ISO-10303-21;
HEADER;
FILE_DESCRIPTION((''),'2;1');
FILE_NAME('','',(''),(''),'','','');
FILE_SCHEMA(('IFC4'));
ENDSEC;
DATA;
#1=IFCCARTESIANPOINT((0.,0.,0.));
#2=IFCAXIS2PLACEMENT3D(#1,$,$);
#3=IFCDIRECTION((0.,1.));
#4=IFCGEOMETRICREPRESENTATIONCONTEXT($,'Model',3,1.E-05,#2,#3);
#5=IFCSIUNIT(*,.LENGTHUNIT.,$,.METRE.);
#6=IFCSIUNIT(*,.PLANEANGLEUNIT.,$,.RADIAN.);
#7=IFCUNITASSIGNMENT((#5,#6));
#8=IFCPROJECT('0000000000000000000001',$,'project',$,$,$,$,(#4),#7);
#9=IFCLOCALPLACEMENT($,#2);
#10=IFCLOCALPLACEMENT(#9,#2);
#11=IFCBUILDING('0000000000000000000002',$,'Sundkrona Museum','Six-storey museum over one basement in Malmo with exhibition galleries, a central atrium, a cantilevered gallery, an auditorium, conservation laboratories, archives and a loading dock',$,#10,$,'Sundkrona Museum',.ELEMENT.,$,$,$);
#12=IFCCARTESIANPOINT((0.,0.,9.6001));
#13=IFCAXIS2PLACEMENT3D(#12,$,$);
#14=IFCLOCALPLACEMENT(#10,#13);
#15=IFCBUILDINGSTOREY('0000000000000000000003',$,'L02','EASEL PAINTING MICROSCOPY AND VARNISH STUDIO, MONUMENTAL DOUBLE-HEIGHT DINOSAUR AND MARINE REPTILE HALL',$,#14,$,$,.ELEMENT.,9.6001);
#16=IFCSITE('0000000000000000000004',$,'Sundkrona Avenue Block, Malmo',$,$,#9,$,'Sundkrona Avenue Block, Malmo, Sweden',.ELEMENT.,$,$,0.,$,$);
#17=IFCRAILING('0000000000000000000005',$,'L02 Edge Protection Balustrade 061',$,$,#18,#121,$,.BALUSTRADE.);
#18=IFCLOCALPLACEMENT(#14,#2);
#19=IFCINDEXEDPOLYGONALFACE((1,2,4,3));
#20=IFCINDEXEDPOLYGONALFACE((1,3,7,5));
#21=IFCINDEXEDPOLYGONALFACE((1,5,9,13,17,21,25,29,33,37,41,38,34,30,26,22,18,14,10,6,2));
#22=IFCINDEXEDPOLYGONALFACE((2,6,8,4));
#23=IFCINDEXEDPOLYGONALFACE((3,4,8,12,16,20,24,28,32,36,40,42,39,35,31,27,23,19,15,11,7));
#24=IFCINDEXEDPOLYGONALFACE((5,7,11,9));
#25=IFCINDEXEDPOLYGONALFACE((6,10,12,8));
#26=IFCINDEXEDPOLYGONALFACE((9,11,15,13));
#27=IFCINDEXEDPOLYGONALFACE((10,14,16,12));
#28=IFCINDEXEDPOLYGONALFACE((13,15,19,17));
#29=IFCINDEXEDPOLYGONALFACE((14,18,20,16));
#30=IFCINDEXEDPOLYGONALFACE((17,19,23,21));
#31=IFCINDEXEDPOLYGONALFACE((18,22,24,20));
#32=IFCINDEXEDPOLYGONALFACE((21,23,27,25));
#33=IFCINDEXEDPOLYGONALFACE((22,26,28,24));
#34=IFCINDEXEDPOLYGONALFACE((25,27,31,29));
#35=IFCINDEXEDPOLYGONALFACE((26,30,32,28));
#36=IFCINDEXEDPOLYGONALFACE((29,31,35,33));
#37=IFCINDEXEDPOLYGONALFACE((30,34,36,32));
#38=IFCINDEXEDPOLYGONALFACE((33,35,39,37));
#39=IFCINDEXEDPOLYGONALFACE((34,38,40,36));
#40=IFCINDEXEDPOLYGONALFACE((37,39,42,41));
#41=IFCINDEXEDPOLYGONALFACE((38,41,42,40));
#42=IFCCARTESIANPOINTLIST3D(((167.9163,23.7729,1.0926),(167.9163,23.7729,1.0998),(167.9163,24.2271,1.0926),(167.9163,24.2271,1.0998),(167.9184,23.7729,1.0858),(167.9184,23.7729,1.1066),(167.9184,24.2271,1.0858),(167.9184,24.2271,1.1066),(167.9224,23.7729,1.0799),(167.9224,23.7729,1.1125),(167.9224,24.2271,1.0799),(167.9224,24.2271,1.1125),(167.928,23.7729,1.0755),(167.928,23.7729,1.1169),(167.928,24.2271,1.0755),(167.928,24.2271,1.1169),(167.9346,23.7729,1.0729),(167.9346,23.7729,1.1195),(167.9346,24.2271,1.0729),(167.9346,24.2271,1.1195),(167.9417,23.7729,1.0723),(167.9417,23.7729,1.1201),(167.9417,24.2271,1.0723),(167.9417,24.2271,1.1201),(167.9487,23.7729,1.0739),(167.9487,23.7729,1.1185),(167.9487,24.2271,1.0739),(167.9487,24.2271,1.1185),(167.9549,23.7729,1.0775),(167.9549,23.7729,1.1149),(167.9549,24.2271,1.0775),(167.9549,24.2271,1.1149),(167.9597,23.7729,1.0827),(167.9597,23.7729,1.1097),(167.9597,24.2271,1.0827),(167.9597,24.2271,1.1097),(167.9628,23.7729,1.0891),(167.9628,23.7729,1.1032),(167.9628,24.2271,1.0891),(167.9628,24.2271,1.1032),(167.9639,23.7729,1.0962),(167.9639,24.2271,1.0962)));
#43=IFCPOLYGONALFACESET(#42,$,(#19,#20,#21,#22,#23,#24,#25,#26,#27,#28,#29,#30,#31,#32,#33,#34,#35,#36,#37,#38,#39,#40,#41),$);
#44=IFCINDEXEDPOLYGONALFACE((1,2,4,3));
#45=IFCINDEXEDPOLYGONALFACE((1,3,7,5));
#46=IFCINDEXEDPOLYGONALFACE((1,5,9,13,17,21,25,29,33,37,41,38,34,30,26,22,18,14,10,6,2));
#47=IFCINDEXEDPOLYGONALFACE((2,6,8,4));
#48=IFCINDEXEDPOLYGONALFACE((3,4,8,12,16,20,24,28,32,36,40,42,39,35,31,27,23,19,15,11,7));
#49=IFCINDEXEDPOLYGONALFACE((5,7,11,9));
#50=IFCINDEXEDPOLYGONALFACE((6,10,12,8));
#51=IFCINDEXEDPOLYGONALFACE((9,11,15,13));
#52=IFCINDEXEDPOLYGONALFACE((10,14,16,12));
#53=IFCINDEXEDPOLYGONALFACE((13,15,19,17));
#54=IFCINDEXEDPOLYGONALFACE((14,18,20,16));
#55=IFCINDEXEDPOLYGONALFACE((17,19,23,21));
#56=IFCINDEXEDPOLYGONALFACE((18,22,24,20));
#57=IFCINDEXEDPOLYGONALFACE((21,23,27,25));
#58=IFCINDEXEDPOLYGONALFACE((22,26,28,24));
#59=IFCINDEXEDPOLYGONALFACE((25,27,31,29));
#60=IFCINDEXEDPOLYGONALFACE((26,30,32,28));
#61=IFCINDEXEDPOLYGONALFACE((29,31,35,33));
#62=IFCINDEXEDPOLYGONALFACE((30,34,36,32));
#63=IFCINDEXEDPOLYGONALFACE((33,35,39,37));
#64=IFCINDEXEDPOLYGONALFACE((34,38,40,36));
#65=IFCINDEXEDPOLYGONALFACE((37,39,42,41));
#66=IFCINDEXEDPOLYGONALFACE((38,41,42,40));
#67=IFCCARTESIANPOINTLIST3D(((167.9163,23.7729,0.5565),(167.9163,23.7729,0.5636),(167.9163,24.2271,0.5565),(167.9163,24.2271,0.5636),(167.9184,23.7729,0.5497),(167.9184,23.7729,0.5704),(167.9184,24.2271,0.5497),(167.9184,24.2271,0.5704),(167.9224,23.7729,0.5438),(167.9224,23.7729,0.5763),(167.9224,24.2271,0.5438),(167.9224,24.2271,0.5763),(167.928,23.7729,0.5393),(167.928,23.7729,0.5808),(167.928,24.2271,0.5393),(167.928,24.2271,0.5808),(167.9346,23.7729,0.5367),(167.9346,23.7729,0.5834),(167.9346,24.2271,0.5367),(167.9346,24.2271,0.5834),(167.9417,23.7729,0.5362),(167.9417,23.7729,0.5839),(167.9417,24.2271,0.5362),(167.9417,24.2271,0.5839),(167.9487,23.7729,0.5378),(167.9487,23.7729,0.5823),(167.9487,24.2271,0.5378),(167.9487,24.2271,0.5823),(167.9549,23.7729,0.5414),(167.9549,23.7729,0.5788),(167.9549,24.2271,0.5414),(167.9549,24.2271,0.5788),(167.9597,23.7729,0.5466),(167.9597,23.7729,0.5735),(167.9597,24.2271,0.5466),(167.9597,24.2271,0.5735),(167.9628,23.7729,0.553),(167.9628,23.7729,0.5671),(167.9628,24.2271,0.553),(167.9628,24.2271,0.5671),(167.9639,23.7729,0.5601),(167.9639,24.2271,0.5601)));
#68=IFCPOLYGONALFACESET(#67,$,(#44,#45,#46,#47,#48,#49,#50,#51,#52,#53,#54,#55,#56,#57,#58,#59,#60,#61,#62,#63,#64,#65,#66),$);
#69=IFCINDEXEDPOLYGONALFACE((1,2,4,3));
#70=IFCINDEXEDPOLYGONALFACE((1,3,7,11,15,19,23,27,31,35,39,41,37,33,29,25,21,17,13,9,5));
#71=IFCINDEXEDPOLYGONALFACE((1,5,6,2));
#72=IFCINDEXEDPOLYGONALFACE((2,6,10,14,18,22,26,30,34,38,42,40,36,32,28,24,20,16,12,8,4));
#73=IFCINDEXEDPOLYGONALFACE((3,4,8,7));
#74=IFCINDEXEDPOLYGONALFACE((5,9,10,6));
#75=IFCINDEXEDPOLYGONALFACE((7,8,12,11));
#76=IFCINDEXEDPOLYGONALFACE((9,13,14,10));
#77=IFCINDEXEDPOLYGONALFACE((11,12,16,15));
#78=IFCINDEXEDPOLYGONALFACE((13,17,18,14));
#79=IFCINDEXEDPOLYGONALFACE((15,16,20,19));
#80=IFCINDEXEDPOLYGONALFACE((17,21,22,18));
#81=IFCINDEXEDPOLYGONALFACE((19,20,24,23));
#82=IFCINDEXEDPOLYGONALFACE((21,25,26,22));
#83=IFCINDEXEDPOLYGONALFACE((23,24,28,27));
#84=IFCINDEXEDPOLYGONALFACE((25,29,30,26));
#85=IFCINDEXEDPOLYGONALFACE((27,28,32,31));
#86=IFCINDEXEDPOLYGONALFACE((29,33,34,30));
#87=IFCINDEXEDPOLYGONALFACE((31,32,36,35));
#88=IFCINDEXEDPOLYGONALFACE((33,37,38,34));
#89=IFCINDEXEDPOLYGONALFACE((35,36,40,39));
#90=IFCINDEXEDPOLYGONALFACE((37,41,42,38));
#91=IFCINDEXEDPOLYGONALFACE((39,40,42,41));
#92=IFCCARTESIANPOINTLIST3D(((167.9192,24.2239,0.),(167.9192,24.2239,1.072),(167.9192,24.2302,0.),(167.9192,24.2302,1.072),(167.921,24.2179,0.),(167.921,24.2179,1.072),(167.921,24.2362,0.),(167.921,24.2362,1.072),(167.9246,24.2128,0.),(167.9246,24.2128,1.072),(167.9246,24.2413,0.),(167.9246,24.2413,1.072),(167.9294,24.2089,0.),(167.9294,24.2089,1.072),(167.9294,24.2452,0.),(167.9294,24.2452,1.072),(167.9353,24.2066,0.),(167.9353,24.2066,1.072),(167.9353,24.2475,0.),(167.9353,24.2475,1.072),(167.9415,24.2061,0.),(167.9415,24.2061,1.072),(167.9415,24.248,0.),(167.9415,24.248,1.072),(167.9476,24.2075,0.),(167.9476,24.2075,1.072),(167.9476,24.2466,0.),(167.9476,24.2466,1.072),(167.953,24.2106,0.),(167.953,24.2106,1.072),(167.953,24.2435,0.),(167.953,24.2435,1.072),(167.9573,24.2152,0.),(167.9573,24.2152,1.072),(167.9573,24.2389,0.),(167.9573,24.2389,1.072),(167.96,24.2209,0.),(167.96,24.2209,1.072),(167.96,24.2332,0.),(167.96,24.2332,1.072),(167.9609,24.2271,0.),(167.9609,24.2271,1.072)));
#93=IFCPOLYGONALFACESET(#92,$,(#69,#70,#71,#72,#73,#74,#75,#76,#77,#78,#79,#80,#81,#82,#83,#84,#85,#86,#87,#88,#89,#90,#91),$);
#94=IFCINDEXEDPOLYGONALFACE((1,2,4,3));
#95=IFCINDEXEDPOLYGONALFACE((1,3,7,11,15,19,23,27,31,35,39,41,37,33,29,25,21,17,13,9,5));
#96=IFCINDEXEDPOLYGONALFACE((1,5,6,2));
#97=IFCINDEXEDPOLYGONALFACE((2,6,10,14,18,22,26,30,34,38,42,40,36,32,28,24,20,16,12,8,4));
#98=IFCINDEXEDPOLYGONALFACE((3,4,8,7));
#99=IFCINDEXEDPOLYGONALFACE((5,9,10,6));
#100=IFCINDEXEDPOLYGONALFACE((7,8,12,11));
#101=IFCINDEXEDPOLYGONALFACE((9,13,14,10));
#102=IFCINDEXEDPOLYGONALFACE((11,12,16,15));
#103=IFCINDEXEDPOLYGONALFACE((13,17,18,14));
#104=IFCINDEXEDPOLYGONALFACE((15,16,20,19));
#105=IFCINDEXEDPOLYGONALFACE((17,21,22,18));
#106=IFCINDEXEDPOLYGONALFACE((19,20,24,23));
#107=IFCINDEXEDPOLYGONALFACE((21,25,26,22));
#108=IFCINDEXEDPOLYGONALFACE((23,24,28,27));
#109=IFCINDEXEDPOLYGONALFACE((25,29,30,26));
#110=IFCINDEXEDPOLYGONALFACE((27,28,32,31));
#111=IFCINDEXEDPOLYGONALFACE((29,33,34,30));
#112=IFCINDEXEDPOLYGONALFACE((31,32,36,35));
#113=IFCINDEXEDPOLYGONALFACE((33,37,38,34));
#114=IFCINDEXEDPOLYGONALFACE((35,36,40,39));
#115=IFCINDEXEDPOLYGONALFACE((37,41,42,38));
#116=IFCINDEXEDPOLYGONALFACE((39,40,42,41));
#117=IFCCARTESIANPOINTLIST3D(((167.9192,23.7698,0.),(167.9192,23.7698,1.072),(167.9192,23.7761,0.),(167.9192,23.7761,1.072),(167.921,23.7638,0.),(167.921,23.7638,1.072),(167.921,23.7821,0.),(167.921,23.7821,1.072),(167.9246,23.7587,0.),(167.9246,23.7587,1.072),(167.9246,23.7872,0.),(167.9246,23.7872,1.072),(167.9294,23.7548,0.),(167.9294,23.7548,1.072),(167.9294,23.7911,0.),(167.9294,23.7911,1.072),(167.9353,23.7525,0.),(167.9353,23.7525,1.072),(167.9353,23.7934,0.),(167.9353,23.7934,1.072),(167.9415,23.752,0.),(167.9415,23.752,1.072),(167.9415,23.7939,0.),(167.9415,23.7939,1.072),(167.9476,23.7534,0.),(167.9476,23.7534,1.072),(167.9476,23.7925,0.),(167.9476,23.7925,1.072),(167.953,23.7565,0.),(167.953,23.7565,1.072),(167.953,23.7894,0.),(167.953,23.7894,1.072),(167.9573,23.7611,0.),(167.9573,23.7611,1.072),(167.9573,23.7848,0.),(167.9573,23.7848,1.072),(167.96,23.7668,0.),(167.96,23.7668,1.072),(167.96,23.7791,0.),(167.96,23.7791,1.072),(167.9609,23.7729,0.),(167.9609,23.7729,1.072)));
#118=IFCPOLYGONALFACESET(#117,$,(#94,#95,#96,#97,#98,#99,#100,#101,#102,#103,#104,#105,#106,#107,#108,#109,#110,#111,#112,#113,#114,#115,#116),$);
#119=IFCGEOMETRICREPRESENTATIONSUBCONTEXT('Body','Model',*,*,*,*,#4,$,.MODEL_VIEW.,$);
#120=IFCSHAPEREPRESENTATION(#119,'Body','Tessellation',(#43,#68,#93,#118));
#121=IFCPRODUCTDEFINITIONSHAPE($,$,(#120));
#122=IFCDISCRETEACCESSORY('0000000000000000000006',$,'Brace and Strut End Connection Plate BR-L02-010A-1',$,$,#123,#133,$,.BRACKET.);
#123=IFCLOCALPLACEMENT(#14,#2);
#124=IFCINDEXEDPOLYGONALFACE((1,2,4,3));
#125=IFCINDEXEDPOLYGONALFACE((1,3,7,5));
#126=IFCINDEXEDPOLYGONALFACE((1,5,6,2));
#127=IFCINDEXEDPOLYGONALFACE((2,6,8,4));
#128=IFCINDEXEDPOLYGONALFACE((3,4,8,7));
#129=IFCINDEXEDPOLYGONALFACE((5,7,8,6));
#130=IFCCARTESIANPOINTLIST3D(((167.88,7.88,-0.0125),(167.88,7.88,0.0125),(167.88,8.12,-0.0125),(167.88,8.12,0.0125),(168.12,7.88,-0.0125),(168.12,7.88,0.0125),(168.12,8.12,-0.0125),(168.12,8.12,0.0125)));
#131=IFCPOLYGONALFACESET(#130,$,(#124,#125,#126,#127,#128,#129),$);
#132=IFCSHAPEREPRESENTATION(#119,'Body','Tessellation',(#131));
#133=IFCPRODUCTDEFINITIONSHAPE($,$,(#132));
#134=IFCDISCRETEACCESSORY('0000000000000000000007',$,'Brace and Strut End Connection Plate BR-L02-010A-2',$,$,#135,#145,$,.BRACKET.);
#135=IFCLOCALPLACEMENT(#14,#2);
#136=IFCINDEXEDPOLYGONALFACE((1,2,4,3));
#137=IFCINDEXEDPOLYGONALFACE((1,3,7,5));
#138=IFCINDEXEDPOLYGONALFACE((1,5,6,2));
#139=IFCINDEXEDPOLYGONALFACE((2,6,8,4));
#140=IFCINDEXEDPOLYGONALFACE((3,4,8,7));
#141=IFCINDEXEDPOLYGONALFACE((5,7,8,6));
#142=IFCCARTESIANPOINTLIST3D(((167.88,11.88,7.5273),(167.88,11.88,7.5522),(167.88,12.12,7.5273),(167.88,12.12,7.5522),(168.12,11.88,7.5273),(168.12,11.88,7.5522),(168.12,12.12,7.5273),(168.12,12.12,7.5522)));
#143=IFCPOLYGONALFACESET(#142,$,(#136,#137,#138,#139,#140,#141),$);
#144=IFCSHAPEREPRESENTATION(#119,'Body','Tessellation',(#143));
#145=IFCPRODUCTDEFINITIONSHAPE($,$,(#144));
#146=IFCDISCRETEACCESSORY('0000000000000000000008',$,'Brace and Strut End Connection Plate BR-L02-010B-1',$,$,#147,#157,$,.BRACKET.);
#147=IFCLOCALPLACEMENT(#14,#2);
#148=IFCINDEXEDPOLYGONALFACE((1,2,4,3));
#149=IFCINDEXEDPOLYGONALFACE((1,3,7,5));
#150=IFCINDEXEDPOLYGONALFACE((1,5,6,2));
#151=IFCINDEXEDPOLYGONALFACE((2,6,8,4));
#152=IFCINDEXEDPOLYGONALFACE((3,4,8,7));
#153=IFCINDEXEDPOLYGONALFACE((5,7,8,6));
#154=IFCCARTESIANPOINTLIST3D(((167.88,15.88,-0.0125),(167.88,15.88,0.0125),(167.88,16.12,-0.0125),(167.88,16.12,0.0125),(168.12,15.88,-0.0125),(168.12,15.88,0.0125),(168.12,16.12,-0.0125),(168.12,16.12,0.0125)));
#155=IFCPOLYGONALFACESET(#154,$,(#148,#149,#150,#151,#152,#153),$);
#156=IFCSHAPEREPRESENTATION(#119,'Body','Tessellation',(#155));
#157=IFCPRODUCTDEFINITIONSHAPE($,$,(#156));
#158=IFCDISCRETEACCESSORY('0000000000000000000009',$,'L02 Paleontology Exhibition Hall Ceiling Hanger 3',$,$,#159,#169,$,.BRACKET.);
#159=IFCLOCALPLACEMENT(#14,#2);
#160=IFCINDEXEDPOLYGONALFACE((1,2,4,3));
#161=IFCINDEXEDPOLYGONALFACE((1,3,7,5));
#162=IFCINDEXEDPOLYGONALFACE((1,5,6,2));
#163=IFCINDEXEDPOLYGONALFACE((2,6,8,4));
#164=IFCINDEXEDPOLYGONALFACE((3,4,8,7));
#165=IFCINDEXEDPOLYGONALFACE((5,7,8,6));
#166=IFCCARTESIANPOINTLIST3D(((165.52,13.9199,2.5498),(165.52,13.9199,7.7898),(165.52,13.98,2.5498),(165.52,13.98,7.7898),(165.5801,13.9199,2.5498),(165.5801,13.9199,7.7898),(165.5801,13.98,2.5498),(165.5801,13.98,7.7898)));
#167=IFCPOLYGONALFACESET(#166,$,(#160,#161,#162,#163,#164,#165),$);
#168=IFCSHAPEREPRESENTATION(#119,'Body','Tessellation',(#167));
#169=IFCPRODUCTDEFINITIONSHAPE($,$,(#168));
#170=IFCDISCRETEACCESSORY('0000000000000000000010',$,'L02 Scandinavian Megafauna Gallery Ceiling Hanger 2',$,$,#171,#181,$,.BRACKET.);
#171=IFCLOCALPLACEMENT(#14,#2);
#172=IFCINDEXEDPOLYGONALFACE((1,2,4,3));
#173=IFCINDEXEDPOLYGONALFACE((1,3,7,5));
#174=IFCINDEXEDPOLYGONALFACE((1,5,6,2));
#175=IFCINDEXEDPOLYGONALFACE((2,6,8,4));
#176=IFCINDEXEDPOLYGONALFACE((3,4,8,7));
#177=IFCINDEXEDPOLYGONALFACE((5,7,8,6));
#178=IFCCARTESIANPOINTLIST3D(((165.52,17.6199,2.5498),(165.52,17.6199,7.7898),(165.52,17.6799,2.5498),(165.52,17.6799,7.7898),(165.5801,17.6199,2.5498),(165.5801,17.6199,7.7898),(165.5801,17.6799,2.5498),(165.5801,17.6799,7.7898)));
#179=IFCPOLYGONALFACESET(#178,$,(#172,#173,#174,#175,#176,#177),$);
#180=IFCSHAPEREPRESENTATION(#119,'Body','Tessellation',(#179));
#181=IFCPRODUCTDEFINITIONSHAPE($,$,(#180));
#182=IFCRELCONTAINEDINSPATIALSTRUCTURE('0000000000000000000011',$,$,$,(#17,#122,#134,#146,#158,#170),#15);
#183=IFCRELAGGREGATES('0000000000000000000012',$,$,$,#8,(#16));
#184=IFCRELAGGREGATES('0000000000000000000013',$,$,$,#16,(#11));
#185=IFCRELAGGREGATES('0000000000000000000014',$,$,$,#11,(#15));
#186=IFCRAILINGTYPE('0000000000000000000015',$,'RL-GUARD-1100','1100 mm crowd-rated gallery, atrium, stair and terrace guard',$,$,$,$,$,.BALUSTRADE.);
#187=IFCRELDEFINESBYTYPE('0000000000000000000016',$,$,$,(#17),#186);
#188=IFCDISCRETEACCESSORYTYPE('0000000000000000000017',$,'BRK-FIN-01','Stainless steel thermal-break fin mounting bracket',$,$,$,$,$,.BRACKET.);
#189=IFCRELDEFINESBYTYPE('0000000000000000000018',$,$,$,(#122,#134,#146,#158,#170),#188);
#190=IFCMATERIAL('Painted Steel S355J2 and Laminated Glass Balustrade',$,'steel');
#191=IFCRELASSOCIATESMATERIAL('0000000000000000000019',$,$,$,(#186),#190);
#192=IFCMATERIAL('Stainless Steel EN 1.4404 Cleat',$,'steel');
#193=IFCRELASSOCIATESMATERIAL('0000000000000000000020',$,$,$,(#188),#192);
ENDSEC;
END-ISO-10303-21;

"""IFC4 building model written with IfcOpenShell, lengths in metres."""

from ifc_helpers import new_model, si_unit, direction, frame, origin, origin_2d, place, context, subcontext, project, spatial, rectangle, circle, extrude, material, type_object, element, save


model = new_model("IFC4")

# Units and contexts
model_context = context("Model", 3, precision=1e-05, world=origin(), true_north=direction((0.0, 1.0)))
body_context = subcontext(model_context, "Body", "Model", "MODEL_VIEW")
ifc_project = project(units=[si_unit("LENGTHUNIT", "METRE"), si_unit("PLANEANGLEUNIT", "RADIAN")], contexts=[model_context])

# Site, building, storey
site_placement = place(None, origin())
site = spatial("IfcSite", under=ifc_project, at=site_placement, Name="Sundkrona Avenue Block, Malmo", LongName="Sundkrona Avenue Block, Malmo, Sweden", CompositionType="ELEMENT", RefElevation=0.0)
building_placement = place(site_placement, origin())
building = spatial("IfcBuilding", under=site, at=building_placement, Name="Sundkrona Museum", Description="Six-storey museum over one basement in Malmo with exhibition galleries, a central atrium, a cantilevered gallery, an auditorium, conservation laboratories, archives and a loading dock", LongName="Sundkrona Museum", CompositionType="ELEMENT")
storey_placement = place(building_placement, frame((0.0, 0.0, 9.6001)))
storey = spatial("IfcBuildingStorey", under=building, at=storey_placement, Name="L02", Description="EASEL PAINTING MICROSCOPY AND VARNISH STUDIO, MONUMENTAL DOUBLE-HEIGHT DINOSAUR AND MARINE REPTILE HALL", CompositionType="ELEMENT", Elevation=9.6001)

# Railing
ifc_material_1 = material(Name="Painted Steel S355J2 and Laminated Glass Balustrade", Category="steel")
railing_type = type_object("IfcRailingType", Name="RL-GUARD-1100", Description="1100 mm crowd-rated gallery, atrium, stair and terrace guard", PredefinedType="BALUSTRADE", material=ifc_material_1)
for number, where, name in (
    (1, (167.9399, 24.2271, 0.0), "L02 Edge Protection Balustrade 061"),
):
    element("IfcRailing", number, at=place(storey_placement, frame(where)), inside=storey, type_object=railing_type, Name=name, PredefinedType="BALUSTRADE", context=body_context, shape_type="SweptSolid", body=[
        extrude(circle(Radius=0.0239, at=origin_2d()), frame((0.0, 0.0, 1.0962), z_axis=(0.0, -1.0, 0.0), x_axis=(1.0, 0.0, 0.0)), (0.0, 0.0, 1.0), 0.4541),
        extrude(circle(Radius=0.0239, at=origin_2d()), frame((0.0, 0.0, 0.5601), z_axis=(0.0, -1.0, 0.0), x_axis=(1.0, 0.0, 0.0)), (0.0, 0.0, 1.0), 0.4541),
        extrude(circle(Radius=0.021, at=origin_2d()), origin(), (0.0, 0.0, 1.0), 1.072),
        extrude(circle(Radius=0.021, at=origin_2d()), frame((0.0, -0.4541, 0.0)), (0.0, 0.0, 1.0), 1.072),
    ])

# Discrete accessories
ifc_material_2 = material(Name="Stainless Steel EN 1.4404 Cleat", Category="steel")
discrete_accessory_type = type_object("IfcDiscreteAccessoryType", Name="BRK-FIN-01", Description="Stainless steel thermal-break fin mounting bracket", PredefinedType="BRACKET", material=ifc_material_2)
for number, where, z_axis, x_axis, name in (
    (2, (168.0, 8.0, -0.0125), (0.0, 0.0, 1.0), (1.0, 0.0, 0.0), "Brace and Strut End Connection Plate BR-L02-010A-1"),
    (3, (168.0, 12.0, 7.5273), (0.0, 0.0, 1.0), (1.0, 0.0, 0.0), "Brace and Strut End Connection Plate BR-L02-010A-2"),
    (4, (168.0, 16.0, -0.0125), (0.0, 0.0, 1.0), (1.0, 0.0, 0.0), "Brace and Strut End Connection Plate BR-L02-010B-1"),
):
    element("IfcDiscreteAccessory", number, at=place(storey_placement, frame(where, z_axis=z_axis, x_axis=x_axis)), inside=storey, type_object=discrete_accessory_type, Name=name, PredefinedType="BRACKET", context=body_context, shape_type="SweptSolid", body=[
        extrude(rectangle(XDim=0.24, YDim=0.24, at=origin_2d()), origin(), (0.0, 0.0, 1.0), 0.0249),
    ])
for number, where, z_axis, x_axis, name in (
    (5, (165.55, 13.95, 2.5498), (0.0, 0.0, 1.0), (1.0, 0.0, 0.0), "L02 Paleontology Exhibition Hall Ceiling Hanger 3"),
    (6, (165.55, 17.6499, 2.5498), (0.0, 0.0, 1.0), (1.0, 0.0, 0.0), "L02 Scandinavian Megafauna Gallery Ceiling Hanger 2"),
):
    element("IfcDiscreteAccessory", number, at=place(storey_placement, frame(where, z_axis=z_axis, x_axis=x_axis)), inside=storey, type_object=discrete_accessory_type, Name=name, PredefinedType="BRACKET", context=body_context, shape_type="SweptSolid", body=[
        extrude(rectangle(XDim=0.0601, YDim=0.0601, at=origin_2d()), origin(), (0.0, 0.0, 1.0), 5.24),
    ])

save(model, "model.ifc")
